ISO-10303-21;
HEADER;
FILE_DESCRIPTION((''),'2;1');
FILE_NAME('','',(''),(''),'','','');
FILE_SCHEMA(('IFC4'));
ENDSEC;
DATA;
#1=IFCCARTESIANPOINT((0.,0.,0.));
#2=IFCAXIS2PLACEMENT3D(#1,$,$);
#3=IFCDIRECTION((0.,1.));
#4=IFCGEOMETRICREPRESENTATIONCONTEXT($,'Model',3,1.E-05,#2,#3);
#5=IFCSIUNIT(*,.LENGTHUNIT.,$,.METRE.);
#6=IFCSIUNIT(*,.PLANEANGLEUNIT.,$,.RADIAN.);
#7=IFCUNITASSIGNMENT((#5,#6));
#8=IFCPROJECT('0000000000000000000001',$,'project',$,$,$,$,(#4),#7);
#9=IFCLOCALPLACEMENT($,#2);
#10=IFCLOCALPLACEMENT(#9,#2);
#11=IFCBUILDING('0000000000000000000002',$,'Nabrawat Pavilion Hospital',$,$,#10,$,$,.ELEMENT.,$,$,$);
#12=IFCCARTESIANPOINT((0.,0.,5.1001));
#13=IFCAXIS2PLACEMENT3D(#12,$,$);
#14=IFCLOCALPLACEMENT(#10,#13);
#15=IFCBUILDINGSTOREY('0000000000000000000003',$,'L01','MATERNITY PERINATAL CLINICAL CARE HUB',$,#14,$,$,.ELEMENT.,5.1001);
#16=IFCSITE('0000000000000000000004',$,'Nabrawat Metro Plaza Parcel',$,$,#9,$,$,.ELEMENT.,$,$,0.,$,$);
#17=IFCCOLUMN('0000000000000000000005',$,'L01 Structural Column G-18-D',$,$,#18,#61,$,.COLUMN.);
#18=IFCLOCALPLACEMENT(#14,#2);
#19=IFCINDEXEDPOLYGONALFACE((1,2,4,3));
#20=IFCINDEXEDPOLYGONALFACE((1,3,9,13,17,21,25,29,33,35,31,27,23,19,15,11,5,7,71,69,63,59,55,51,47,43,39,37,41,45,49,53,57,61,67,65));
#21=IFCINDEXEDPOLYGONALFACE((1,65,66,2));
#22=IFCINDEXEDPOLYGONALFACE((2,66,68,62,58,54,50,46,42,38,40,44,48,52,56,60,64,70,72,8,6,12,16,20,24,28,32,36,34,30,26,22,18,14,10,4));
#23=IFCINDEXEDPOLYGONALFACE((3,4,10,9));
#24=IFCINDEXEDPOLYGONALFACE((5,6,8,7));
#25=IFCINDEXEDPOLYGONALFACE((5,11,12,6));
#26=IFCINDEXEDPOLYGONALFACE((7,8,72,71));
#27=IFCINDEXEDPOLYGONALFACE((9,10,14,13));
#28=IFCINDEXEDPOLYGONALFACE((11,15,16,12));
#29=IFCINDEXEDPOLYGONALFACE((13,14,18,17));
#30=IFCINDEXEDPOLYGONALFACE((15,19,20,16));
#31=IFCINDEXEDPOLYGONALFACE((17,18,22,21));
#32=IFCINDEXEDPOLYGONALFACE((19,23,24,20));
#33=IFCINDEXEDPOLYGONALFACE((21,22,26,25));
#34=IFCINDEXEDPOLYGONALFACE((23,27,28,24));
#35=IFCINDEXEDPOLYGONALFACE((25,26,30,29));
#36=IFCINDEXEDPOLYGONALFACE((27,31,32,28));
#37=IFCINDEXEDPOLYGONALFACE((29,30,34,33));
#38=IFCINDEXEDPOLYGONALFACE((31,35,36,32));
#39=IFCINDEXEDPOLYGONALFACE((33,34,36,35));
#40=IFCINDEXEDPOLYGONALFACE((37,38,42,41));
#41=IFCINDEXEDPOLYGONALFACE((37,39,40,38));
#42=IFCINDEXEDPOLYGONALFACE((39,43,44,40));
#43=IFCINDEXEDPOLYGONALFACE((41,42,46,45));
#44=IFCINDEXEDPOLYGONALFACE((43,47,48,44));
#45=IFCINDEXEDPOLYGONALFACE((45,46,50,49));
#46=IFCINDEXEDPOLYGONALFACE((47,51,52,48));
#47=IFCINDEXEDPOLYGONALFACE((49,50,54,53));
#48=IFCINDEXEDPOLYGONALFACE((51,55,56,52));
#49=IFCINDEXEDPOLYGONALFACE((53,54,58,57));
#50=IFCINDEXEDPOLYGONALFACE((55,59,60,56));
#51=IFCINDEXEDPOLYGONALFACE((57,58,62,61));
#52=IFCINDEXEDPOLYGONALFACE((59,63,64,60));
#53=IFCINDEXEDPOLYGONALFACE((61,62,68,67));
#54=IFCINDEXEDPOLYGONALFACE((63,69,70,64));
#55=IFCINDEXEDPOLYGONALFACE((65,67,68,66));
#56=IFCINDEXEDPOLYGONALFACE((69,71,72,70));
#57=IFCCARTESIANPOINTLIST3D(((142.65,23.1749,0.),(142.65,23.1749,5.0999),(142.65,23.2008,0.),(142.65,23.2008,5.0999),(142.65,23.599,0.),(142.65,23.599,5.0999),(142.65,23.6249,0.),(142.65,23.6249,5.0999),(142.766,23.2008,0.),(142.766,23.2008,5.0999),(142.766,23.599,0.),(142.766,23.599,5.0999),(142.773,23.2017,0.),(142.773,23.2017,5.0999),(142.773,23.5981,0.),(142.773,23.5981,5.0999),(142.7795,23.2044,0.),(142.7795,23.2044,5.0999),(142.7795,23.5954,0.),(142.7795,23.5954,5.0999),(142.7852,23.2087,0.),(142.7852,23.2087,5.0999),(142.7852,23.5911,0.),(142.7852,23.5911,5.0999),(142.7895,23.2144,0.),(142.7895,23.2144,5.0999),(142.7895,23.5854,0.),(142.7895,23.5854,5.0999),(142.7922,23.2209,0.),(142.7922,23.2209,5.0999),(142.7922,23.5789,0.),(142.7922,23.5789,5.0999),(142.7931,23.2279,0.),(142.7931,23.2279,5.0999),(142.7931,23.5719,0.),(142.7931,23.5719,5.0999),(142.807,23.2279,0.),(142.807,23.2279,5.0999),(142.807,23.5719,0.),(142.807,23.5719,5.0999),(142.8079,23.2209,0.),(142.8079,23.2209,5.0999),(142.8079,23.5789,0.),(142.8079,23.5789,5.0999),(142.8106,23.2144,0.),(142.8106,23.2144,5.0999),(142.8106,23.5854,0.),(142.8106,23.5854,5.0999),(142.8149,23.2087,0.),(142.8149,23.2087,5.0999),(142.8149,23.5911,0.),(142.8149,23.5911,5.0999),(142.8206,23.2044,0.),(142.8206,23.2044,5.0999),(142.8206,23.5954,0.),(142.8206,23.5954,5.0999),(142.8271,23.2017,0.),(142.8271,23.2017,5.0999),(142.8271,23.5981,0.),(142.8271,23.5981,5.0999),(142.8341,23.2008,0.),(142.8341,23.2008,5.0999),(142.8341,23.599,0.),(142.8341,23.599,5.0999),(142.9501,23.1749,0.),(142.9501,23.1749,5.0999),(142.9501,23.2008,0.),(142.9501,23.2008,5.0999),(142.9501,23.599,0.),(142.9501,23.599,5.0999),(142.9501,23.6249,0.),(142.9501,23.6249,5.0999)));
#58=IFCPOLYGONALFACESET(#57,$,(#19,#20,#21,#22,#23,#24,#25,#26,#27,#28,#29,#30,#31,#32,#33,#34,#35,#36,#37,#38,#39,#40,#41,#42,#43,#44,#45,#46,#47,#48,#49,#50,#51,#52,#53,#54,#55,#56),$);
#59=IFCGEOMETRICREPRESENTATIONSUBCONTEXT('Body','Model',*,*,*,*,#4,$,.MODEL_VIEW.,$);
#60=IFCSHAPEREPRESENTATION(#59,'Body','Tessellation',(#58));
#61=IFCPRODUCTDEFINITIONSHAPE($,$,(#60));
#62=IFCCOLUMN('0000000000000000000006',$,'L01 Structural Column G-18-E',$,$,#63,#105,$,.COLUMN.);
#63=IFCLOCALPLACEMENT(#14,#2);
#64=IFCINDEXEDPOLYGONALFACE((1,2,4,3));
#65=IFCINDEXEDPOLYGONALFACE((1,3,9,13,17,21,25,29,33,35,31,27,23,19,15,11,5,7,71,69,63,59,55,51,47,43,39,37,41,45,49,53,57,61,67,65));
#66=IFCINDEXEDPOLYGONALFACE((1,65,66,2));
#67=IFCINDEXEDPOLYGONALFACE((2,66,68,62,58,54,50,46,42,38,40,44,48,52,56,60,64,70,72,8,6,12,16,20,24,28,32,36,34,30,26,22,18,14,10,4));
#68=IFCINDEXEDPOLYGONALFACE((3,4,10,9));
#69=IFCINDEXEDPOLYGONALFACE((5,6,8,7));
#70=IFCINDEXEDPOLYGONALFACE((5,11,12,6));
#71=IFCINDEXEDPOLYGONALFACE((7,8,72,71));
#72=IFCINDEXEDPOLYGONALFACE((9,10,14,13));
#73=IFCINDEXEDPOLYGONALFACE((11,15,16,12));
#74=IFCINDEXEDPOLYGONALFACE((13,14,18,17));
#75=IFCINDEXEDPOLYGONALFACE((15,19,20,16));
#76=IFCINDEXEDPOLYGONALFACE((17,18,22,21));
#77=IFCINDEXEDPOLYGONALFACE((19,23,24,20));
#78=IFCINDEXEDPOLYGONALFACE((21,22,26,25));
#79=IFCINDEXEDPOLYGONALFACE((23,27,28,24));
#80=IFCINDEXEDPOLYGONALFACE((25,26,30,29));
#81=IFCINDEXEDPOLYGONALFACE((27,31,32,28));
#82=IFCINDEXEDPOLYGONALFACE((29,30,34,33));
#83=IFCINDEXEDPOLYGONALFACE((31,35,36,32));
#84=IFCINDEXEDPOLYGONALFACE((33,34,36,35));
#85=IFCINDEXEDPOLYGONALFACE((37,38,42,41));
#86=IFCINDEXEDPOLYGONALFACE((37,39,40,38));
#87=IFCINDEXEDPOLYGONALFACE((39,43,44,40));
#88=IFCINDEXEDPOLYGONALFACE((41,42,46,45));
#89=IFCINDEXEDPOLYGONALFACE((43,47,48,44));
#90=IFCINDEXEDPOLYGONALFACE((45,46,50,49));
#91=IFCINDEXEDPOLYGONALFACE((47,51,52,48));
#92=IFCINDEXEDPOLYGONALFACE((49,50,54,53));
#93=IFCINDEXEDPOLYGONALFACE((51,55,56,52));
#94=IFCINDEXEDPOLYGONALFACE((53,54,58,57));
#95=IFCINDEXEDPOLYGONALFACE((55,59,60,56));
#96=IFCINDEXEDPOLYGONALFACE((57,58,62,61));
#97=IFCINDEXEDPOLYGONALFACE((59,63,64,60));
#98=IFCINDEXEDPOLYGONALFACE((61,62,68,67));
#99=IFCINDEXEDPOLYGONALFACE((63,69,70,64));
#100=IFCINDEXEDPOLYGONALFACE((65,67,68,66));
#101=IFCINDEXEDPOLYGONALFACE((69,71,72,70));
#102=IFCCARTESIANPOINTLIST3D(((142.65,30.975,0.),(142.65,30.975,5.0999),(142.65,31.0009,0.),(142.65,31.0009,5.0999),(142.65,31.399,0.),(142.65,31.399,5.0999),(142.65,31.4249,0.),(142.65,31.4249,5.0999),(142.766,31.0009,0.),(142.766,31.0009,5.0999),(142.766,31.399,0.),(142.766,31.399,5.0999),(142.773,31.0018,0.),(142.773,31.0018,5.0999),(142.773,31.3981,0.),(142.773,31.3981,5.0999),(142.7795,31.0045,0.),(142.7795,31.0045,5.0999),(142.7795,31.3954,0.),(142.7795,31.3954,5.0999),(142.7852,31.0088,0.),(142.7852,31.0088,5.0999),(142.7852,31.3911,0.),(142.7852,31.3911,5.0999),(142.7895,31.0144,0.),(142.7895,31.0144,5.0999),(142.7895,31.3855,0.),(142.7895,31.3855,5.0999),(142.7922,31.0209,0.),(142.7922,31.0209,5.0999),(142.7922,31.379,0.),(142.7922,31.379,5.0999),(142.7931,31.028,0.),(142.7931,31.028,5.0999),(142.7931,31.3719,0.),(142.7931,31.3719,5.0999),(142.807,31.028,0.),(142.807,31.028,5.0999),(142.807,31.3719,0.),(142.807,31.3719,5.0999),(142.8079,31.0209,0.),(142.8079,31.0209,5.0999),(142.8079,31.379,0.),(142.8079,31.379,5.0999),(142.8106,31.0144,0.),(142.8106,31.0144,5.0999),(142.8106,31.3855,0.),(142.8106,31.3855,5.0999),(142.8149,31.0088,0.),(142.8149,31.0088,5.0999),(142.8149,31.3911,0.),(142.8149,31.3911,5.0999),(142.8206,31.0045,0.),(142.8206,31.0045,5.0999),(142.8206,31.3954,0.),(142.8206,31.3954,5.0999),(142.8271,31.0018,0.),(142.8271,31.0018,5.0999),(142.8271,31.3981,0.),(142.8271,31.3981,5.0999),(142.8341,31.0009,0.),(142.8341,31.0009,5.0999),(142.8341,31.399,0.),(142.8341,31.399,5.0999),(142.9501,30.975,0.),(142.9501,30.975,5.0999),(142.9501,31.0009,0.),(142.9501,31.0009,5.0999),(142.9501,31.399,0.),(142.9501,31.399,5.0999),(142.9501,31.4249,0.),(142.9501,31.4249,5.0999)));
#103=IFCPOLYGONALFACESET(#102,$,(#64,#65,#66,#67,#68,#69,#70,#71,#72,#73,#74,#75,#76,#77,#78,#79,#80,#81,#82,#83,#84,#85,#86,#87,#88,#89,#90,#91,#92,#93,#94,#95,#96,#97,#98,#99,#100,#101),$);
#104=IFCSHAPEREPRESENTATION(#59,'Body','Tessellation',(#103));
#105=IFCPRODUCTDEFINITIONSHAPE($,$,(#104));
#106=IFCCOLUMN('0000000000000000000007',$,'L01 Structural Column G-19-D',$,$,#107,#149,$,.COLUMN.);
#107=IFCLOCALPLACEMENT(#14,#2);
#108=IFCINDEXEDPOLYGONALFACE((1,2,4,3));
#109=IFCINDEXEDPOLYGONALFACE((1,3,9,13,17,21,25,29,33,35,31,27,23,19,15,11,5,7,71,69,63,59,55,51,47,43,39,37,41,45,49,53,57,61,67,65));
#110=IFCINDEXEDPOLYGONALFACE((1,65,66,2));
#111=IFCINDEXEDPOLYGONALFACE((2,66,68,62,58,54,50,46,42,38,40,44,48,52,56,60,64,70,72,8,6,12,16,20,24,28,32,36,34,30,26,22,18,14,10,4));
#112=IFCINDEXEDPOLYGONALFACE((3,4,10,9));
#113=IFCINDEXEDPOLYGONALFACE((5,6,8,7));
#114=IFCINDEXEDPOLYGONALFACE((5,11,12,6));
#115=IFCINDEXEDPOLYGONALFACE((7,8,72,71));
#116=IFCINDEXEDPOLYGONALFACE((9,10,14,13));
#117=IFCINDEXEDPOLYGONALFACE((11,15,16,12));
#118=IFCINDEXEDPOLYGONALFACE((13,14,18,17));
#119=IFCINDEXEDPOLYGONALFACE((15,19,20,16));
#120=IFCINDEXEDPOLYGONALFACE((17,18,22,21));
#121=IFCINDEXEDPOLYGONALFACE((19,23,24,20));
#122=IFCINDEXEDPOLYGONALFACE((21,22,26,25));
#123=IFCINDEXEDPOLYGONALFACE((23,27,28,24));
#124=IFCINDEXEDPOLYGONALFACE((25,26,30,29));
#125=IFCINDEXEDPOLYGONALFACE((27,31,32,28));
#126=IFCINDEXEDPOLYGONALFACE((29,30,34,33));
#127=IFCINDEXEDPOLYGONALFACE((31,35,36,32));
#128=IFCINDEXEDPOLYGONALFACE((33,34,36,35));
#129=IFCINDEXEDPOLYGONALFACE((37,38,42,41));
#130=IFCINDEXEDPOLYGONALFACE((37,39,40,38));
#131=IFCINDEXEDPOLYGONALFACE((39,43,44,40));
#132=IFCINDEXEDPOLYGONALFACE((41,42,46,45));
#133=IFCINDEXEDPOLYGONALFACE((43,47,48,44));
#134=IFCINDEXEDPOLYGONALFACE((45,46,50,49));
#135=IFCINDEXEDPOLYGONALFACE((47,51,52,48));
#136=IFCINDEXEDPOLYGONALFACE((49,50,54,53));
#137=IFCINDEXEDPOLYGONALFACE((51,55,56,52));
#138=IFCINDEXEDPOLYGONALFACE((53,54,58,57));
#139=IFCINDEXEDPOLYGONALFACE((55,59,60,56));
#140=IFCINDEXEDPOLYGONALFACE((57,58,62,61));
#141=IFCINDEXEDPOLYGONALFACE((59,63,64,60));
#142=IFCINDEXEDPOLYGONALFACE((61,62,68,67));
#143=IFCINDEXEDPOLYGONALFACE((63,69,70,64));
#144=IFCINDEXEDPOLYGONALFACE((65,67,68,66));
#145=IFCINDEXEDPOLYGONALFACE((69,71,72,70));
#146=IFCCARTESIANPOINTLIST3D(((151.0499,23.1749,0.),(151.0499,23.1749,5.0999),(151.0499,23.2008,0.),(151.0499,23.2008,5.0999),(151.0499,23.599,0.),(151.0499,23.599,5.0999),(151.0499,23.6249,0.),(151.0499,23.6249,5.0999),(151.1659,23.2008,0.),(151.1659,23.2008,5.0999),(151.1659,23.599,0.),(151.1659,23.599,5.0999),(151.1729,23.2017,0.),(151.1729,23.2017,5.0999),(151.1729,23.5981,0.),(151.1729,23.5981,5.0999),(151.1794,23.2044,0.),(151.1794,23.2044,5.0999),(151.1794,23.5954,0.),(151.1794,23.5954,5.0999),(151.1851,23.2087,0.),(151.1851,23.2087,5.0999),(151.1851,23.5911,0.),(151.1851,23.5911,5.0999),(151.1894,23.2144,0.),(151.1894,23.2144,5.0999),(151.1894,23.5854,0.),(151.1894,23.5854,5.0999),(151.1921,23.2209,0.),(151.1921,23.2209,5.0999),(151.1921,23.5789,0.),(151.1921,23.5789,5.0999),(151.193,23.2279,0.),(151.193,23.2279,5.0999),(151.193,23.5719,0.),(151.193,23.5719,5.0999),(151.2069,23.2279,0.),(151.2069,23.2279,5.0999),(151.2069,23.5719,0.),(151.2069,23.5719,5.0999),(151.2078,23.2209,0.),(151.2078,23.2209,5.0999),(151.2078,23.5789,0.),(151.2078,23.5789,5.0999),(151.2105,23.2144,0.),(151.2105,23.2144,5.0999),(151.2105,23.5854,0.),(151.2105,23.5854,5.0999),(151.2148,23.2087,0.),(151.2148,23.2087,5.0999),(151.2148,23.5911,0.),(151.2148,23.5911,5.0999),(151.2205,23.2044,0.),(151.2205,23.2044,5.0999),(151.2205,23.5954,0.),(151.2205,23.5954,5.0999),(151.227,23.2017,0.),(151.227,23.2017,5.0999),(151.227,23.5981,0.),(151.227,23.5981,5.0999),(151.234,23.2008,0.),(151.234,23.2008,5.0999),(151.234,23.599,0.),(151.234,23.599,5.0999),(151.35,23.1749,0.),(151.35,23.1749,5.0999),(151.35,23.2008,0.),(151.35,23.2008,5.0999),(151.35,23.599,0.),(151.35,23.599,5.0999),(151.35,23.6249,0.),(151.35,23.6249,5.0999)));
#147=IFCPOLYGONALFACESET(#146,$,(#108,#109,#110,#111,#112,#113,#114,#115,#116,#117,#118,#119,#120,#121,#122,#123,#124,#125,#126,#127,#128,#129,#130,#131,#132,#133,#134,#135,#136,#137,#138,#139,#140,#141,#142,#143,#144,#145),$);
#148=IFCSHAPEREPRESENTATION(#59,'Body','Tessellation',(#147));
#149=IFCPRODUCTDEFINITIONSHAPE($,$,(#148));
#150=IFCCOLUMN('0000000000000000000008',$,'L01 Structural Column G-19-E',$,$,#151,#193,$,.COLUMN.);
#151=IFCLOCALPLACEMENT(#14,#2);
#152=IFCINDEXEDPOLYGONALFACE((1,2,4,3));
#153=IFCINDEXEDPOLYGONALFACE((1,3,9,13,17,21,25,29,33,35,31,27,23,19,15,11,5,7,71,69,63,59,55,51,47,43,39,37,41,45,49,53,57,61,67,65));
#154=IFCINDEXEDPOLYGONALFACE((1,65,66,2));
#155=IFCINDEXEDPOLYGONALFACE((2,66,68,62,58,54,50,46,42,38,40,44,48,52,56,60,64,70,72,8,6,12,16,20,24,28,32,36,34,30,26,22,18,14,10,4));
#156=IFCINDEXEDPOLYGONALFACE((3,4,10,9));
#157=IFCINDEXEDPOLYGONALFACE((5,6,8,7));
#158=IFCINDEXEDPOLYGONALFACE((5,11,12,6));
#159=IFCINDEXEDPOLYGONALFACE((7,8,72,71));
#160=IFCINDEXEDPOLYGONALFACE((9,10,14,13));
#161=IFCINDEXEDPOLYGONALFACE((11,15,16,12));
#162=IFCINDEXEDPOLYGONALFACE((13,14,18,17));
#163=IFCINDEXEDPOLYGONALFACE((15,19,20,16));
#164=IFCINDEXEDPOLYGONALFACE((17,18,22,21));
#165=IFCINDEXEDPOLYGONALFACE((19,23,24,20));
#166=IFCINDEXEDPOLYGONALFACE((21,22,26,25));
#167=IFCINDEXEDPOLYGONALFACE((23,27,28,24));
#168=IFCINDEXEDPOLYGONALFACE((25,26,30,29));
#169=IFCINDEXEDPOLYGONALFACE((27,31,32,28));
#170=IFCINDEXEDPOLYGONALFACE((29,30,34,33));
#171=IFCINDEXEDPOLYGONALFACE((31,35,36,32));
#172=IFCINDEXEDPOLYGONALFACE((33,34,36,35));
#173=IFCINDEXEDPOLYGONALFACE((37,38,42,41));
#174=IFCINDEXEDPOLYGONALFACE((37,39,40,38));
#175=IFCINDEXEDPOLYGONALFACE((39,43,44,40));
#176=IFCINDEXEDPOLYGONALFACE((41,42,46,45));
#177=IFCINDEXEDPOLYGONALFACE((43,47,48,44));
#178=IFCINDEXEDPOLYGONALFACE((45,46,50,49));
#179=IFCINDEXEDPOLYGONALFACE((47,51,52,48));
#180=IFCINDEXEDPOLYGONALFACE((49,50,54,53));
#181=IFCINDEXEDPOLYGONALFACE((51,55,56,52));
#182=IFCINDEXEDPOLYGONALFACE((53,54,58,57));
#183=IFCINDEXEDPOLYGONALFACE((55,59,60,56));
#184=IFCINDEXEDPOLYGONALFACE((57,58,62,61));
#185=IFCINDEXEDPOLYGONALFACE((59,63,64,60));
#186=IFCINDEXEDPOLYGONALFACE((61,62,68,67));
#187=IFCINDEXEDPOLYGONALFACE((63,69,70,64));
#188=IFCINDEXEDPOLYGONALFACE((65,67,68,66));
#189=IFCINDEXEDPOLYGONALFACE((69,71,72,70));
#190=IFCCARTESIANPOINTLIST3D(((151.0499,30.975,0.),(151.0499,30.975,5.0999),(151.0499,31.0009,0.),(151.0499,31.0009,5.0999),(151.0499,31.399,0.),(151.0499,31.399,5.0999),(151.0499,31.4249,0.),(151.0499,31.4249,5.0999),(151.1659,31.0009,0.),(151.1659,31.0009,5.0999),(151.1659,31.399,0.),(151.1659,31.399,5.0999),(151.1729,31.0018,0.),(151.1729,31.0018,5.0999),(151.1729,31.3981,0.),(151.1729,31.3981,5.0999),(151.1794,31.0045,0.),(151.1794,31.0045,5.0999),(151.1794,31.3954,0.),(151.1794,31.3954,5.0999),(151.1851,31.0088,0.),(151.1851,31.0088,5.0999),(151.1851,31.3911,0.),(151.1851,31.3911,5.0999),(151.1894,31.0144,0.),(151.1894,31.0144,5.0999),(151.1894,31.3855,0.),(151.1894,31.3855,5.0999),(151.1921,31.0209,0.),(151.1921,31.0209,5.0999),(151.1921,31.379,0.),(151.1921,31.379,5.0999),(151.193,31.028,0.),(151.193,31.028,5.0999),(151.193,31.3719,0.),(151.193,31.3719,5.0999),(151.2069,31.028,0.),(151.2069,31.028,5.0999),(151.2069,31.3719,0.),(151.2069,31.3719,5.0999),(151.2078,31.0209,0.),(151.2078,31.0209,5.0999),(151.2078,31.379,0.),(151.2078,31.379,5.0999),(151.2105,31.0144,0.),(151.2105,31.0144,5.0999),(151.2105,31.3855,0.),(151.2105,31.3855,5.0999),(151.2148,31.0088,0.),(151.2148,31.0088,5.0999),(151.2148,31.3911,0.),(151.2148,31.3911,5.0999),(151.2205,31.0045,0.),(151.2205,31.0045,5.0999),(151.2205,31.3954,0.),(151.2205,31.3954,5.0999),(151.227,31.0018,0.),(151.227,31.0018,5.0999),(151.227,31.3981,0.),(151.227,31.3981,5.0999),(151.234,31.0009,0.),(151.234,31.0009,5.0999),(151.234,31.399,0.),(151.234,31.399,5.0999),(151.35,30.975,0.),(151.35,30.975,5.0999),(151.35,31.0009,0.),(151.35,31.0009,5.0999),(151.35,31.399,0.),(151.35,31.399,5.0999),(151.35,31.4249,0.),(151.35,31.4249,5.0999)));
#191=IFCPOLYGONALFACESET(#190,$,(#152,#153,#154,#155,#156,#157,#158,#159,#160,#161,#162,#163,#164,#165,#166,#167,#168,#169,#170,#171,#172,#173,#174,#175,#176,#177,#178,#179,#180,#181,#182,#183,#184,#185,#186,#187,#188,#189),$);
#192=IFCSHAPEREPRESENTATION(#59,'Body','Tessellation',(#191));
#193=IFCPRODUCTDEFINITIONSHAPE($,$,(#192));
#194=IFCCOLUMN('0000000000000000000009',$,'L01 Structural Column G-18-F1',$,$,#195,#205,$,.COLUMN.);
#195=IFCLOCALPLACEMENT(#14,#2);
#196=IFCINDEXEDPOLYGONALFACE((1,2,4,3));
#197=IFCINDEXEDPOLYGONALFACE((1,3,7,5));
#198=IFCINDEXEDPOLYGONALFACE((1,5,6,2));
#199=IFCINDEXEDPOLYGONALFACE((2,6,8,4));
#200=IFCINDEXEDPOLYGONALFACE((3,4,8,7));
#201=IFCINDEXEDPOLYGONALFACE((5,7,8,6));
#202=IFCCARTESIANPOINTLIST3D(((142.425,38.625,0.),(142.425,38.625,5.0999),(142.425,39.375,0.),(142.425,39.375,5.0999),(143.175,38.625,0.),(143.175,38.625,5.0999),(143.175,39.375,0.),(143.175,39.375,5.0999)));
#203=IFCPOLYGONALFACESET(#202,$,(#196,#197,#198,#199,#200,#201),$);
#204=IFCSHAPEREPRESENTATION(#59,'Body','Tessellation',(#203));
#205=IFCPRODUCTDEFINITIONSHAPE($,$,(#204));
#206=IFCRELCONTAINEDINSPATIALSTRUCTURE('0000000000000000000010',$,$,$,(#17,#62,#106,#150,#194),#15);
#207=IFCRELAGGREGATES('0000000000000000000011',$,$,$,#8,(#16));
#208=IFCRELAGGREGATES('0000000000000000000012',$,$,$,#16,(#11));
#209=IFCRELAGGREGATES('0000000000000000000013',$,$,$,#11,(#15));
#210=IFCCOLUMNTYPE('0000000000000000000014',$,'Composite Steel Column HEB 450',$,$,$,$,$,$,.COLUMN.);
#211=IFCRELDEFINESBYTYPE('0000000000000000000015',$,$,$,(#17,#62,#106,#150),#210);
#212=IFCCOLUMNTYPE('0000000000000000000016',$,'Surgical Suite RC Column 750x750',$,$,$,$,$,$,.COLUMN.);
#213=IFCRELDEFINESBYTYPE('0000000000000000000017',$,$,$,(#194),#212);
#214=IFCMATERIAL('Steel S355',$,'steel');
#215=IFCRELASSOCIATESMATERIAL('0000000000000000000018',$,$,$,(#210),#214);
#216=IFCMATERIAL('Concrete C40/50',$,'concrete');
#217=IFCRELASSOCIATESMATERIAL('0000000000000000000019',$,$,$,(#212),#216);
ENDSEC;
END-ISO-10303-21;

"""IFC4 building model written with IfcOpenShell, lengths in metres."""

from ifc_helpers import new_model, si_unit, direction, frame, origin, origin_2d, place, context, subcontext, project, spatial, rectangle, i_section, extrude, material, material_profile, profile_set, type_object, element, save


model = new_model("IFC4")

# Units and contexts
model_context = context("Model", 3, precision=1e-05, world=origin(), true_north=direction((0.0, 1.0)))
body_context = subcontext(model_context, "Body", "Model", "MODEL_VIEW")
ifc_project = project(units=[si_unit("LENGTHUNIT", "METRE"), si_unit("PLANEANGLEUNIT", "RADIAN")], contexts=[model_context])

# Site, building, storey
site_placement = place(None, origin())
site = spatial("IfcSite", under=ifc_project, at=site_placement, Name="Nabrawat Metro Plaza Parcel", CompositionType="ELEMENT", RefElevation=0.0)
building_placement = place(site_placement, origin())
building = spatial("IfcBuilding", under=site, at=building_placement, Name="Nabrawat Pavilion Hospital", CompositionType="ELEMENT")
storey_placement = place(building_placement, frame((0.0, 0.0, 5.1001)))
storey = spatial("IfcBuildingStorey", under=building, at=storey_placement, Name="L01", Description="MATERNITY PERINATAL CLINICAL CARE HUB", CompositionType="ELEMENT", Elevation=5.1001)

# Columns
ifc_material_1 = material(Name="Steel S355", Category="steel")
ifc_material_profile_1 = material_profile(ifc_material_1, i_section(OverallWidth=0.3, OverallDepth=0.45, WebThickness=0.0139, FlangeThickness=0.0259, FilletRadius=0.0271, at=origin_2d()), Name="HEB 450")
ifc_profile_set_1 = profile_set([ifc_material_profile_1], Name="Steel S355")
column_type_1 = type_object("IfcColumnType", Name="Composite Steel Column HEB 450", PredefinedType="COLUMN", material=ifc_profile_set_1)
for number, where, z_axis, x_axis, name in (
    (1, (142.8, 23.3999, 0.0), (0.0, 0.0, 1.0), (1.0, 0.0, 0.0), "L01 Structural Column G-18-D"),
    (2, (142.8, 31.2, 0.0), (0.0, 0.0, 1.0), (1.0, 0.0, 0.0), "L01 Structural Column G-18-E"),
    (3, (151.2, 23.3999, 0.0), (0.0, 0.0, 1.0), (1.0, 0.0, 0.0), "L01 Structural Column G-19-D"),
    (4, (151.2, 31.2, 0.0), (0.0, 0.0, 1.0), (1.0, 0.0, 0.0), "L01 Structural Column G-19-E"),
):
    element("IfcColumn", number, at=place(storey_placement, frame(where, z_axis=z_axis, x_axis=x_axis)), inside=storey, type_object=column_type_1, Name=name, PredefinedType="COLUMN", context=body_context, shape_type="SweptSolid", body=[
        extrude(i_section(OverallWidth=0.3, OverallDepth=0.45, WebThickness=0.0139, FlangeThickness=0.0259, FilletRadius=0.0271, at=origin_2d()), origin(), (0.0, 0.0, 1.0), 5.0999),
    ])
ifc_material_2 = material(Name="Concrete C40/50", Category="concrete")
ifc_material_profile_2 = material_profile(ifc_material_2, rectangle(XDim=0.75, YDim=0.75, at=origin_2d()), Name="RC 750x750")
ifc_profile_set_2 = profile_set([ifc_material_profile_2], Name="Concrete C40/50")
column_type_2 = type_object("IfcColumnType", Name="Surgical Suite RC Column 750x750", PredefinedType="COLUMN", material=ifc_profile_set_2)
column_placement = place(storey_placement, frame((142.8, 39.0, 0.0), z_axis=(0.0, 0.0, 1.0), x_axis=(1.0, 0.0, 0.0)))
element("IfcColumn", 5, at=column_placement, inside=storey, type_object=column_type_2, Name="L01 Structural Column G-18-F1", PredefinedType="COLUMN", context=body_context, shape_type="SweptSolid", body=[
    extrude(rectangle(XDim=0.75, YDim=0.75, at=origin_2d()), origin(), (0.0, 0.0, 1.0), 5.0999),
])

save(model, "model.ifc")
